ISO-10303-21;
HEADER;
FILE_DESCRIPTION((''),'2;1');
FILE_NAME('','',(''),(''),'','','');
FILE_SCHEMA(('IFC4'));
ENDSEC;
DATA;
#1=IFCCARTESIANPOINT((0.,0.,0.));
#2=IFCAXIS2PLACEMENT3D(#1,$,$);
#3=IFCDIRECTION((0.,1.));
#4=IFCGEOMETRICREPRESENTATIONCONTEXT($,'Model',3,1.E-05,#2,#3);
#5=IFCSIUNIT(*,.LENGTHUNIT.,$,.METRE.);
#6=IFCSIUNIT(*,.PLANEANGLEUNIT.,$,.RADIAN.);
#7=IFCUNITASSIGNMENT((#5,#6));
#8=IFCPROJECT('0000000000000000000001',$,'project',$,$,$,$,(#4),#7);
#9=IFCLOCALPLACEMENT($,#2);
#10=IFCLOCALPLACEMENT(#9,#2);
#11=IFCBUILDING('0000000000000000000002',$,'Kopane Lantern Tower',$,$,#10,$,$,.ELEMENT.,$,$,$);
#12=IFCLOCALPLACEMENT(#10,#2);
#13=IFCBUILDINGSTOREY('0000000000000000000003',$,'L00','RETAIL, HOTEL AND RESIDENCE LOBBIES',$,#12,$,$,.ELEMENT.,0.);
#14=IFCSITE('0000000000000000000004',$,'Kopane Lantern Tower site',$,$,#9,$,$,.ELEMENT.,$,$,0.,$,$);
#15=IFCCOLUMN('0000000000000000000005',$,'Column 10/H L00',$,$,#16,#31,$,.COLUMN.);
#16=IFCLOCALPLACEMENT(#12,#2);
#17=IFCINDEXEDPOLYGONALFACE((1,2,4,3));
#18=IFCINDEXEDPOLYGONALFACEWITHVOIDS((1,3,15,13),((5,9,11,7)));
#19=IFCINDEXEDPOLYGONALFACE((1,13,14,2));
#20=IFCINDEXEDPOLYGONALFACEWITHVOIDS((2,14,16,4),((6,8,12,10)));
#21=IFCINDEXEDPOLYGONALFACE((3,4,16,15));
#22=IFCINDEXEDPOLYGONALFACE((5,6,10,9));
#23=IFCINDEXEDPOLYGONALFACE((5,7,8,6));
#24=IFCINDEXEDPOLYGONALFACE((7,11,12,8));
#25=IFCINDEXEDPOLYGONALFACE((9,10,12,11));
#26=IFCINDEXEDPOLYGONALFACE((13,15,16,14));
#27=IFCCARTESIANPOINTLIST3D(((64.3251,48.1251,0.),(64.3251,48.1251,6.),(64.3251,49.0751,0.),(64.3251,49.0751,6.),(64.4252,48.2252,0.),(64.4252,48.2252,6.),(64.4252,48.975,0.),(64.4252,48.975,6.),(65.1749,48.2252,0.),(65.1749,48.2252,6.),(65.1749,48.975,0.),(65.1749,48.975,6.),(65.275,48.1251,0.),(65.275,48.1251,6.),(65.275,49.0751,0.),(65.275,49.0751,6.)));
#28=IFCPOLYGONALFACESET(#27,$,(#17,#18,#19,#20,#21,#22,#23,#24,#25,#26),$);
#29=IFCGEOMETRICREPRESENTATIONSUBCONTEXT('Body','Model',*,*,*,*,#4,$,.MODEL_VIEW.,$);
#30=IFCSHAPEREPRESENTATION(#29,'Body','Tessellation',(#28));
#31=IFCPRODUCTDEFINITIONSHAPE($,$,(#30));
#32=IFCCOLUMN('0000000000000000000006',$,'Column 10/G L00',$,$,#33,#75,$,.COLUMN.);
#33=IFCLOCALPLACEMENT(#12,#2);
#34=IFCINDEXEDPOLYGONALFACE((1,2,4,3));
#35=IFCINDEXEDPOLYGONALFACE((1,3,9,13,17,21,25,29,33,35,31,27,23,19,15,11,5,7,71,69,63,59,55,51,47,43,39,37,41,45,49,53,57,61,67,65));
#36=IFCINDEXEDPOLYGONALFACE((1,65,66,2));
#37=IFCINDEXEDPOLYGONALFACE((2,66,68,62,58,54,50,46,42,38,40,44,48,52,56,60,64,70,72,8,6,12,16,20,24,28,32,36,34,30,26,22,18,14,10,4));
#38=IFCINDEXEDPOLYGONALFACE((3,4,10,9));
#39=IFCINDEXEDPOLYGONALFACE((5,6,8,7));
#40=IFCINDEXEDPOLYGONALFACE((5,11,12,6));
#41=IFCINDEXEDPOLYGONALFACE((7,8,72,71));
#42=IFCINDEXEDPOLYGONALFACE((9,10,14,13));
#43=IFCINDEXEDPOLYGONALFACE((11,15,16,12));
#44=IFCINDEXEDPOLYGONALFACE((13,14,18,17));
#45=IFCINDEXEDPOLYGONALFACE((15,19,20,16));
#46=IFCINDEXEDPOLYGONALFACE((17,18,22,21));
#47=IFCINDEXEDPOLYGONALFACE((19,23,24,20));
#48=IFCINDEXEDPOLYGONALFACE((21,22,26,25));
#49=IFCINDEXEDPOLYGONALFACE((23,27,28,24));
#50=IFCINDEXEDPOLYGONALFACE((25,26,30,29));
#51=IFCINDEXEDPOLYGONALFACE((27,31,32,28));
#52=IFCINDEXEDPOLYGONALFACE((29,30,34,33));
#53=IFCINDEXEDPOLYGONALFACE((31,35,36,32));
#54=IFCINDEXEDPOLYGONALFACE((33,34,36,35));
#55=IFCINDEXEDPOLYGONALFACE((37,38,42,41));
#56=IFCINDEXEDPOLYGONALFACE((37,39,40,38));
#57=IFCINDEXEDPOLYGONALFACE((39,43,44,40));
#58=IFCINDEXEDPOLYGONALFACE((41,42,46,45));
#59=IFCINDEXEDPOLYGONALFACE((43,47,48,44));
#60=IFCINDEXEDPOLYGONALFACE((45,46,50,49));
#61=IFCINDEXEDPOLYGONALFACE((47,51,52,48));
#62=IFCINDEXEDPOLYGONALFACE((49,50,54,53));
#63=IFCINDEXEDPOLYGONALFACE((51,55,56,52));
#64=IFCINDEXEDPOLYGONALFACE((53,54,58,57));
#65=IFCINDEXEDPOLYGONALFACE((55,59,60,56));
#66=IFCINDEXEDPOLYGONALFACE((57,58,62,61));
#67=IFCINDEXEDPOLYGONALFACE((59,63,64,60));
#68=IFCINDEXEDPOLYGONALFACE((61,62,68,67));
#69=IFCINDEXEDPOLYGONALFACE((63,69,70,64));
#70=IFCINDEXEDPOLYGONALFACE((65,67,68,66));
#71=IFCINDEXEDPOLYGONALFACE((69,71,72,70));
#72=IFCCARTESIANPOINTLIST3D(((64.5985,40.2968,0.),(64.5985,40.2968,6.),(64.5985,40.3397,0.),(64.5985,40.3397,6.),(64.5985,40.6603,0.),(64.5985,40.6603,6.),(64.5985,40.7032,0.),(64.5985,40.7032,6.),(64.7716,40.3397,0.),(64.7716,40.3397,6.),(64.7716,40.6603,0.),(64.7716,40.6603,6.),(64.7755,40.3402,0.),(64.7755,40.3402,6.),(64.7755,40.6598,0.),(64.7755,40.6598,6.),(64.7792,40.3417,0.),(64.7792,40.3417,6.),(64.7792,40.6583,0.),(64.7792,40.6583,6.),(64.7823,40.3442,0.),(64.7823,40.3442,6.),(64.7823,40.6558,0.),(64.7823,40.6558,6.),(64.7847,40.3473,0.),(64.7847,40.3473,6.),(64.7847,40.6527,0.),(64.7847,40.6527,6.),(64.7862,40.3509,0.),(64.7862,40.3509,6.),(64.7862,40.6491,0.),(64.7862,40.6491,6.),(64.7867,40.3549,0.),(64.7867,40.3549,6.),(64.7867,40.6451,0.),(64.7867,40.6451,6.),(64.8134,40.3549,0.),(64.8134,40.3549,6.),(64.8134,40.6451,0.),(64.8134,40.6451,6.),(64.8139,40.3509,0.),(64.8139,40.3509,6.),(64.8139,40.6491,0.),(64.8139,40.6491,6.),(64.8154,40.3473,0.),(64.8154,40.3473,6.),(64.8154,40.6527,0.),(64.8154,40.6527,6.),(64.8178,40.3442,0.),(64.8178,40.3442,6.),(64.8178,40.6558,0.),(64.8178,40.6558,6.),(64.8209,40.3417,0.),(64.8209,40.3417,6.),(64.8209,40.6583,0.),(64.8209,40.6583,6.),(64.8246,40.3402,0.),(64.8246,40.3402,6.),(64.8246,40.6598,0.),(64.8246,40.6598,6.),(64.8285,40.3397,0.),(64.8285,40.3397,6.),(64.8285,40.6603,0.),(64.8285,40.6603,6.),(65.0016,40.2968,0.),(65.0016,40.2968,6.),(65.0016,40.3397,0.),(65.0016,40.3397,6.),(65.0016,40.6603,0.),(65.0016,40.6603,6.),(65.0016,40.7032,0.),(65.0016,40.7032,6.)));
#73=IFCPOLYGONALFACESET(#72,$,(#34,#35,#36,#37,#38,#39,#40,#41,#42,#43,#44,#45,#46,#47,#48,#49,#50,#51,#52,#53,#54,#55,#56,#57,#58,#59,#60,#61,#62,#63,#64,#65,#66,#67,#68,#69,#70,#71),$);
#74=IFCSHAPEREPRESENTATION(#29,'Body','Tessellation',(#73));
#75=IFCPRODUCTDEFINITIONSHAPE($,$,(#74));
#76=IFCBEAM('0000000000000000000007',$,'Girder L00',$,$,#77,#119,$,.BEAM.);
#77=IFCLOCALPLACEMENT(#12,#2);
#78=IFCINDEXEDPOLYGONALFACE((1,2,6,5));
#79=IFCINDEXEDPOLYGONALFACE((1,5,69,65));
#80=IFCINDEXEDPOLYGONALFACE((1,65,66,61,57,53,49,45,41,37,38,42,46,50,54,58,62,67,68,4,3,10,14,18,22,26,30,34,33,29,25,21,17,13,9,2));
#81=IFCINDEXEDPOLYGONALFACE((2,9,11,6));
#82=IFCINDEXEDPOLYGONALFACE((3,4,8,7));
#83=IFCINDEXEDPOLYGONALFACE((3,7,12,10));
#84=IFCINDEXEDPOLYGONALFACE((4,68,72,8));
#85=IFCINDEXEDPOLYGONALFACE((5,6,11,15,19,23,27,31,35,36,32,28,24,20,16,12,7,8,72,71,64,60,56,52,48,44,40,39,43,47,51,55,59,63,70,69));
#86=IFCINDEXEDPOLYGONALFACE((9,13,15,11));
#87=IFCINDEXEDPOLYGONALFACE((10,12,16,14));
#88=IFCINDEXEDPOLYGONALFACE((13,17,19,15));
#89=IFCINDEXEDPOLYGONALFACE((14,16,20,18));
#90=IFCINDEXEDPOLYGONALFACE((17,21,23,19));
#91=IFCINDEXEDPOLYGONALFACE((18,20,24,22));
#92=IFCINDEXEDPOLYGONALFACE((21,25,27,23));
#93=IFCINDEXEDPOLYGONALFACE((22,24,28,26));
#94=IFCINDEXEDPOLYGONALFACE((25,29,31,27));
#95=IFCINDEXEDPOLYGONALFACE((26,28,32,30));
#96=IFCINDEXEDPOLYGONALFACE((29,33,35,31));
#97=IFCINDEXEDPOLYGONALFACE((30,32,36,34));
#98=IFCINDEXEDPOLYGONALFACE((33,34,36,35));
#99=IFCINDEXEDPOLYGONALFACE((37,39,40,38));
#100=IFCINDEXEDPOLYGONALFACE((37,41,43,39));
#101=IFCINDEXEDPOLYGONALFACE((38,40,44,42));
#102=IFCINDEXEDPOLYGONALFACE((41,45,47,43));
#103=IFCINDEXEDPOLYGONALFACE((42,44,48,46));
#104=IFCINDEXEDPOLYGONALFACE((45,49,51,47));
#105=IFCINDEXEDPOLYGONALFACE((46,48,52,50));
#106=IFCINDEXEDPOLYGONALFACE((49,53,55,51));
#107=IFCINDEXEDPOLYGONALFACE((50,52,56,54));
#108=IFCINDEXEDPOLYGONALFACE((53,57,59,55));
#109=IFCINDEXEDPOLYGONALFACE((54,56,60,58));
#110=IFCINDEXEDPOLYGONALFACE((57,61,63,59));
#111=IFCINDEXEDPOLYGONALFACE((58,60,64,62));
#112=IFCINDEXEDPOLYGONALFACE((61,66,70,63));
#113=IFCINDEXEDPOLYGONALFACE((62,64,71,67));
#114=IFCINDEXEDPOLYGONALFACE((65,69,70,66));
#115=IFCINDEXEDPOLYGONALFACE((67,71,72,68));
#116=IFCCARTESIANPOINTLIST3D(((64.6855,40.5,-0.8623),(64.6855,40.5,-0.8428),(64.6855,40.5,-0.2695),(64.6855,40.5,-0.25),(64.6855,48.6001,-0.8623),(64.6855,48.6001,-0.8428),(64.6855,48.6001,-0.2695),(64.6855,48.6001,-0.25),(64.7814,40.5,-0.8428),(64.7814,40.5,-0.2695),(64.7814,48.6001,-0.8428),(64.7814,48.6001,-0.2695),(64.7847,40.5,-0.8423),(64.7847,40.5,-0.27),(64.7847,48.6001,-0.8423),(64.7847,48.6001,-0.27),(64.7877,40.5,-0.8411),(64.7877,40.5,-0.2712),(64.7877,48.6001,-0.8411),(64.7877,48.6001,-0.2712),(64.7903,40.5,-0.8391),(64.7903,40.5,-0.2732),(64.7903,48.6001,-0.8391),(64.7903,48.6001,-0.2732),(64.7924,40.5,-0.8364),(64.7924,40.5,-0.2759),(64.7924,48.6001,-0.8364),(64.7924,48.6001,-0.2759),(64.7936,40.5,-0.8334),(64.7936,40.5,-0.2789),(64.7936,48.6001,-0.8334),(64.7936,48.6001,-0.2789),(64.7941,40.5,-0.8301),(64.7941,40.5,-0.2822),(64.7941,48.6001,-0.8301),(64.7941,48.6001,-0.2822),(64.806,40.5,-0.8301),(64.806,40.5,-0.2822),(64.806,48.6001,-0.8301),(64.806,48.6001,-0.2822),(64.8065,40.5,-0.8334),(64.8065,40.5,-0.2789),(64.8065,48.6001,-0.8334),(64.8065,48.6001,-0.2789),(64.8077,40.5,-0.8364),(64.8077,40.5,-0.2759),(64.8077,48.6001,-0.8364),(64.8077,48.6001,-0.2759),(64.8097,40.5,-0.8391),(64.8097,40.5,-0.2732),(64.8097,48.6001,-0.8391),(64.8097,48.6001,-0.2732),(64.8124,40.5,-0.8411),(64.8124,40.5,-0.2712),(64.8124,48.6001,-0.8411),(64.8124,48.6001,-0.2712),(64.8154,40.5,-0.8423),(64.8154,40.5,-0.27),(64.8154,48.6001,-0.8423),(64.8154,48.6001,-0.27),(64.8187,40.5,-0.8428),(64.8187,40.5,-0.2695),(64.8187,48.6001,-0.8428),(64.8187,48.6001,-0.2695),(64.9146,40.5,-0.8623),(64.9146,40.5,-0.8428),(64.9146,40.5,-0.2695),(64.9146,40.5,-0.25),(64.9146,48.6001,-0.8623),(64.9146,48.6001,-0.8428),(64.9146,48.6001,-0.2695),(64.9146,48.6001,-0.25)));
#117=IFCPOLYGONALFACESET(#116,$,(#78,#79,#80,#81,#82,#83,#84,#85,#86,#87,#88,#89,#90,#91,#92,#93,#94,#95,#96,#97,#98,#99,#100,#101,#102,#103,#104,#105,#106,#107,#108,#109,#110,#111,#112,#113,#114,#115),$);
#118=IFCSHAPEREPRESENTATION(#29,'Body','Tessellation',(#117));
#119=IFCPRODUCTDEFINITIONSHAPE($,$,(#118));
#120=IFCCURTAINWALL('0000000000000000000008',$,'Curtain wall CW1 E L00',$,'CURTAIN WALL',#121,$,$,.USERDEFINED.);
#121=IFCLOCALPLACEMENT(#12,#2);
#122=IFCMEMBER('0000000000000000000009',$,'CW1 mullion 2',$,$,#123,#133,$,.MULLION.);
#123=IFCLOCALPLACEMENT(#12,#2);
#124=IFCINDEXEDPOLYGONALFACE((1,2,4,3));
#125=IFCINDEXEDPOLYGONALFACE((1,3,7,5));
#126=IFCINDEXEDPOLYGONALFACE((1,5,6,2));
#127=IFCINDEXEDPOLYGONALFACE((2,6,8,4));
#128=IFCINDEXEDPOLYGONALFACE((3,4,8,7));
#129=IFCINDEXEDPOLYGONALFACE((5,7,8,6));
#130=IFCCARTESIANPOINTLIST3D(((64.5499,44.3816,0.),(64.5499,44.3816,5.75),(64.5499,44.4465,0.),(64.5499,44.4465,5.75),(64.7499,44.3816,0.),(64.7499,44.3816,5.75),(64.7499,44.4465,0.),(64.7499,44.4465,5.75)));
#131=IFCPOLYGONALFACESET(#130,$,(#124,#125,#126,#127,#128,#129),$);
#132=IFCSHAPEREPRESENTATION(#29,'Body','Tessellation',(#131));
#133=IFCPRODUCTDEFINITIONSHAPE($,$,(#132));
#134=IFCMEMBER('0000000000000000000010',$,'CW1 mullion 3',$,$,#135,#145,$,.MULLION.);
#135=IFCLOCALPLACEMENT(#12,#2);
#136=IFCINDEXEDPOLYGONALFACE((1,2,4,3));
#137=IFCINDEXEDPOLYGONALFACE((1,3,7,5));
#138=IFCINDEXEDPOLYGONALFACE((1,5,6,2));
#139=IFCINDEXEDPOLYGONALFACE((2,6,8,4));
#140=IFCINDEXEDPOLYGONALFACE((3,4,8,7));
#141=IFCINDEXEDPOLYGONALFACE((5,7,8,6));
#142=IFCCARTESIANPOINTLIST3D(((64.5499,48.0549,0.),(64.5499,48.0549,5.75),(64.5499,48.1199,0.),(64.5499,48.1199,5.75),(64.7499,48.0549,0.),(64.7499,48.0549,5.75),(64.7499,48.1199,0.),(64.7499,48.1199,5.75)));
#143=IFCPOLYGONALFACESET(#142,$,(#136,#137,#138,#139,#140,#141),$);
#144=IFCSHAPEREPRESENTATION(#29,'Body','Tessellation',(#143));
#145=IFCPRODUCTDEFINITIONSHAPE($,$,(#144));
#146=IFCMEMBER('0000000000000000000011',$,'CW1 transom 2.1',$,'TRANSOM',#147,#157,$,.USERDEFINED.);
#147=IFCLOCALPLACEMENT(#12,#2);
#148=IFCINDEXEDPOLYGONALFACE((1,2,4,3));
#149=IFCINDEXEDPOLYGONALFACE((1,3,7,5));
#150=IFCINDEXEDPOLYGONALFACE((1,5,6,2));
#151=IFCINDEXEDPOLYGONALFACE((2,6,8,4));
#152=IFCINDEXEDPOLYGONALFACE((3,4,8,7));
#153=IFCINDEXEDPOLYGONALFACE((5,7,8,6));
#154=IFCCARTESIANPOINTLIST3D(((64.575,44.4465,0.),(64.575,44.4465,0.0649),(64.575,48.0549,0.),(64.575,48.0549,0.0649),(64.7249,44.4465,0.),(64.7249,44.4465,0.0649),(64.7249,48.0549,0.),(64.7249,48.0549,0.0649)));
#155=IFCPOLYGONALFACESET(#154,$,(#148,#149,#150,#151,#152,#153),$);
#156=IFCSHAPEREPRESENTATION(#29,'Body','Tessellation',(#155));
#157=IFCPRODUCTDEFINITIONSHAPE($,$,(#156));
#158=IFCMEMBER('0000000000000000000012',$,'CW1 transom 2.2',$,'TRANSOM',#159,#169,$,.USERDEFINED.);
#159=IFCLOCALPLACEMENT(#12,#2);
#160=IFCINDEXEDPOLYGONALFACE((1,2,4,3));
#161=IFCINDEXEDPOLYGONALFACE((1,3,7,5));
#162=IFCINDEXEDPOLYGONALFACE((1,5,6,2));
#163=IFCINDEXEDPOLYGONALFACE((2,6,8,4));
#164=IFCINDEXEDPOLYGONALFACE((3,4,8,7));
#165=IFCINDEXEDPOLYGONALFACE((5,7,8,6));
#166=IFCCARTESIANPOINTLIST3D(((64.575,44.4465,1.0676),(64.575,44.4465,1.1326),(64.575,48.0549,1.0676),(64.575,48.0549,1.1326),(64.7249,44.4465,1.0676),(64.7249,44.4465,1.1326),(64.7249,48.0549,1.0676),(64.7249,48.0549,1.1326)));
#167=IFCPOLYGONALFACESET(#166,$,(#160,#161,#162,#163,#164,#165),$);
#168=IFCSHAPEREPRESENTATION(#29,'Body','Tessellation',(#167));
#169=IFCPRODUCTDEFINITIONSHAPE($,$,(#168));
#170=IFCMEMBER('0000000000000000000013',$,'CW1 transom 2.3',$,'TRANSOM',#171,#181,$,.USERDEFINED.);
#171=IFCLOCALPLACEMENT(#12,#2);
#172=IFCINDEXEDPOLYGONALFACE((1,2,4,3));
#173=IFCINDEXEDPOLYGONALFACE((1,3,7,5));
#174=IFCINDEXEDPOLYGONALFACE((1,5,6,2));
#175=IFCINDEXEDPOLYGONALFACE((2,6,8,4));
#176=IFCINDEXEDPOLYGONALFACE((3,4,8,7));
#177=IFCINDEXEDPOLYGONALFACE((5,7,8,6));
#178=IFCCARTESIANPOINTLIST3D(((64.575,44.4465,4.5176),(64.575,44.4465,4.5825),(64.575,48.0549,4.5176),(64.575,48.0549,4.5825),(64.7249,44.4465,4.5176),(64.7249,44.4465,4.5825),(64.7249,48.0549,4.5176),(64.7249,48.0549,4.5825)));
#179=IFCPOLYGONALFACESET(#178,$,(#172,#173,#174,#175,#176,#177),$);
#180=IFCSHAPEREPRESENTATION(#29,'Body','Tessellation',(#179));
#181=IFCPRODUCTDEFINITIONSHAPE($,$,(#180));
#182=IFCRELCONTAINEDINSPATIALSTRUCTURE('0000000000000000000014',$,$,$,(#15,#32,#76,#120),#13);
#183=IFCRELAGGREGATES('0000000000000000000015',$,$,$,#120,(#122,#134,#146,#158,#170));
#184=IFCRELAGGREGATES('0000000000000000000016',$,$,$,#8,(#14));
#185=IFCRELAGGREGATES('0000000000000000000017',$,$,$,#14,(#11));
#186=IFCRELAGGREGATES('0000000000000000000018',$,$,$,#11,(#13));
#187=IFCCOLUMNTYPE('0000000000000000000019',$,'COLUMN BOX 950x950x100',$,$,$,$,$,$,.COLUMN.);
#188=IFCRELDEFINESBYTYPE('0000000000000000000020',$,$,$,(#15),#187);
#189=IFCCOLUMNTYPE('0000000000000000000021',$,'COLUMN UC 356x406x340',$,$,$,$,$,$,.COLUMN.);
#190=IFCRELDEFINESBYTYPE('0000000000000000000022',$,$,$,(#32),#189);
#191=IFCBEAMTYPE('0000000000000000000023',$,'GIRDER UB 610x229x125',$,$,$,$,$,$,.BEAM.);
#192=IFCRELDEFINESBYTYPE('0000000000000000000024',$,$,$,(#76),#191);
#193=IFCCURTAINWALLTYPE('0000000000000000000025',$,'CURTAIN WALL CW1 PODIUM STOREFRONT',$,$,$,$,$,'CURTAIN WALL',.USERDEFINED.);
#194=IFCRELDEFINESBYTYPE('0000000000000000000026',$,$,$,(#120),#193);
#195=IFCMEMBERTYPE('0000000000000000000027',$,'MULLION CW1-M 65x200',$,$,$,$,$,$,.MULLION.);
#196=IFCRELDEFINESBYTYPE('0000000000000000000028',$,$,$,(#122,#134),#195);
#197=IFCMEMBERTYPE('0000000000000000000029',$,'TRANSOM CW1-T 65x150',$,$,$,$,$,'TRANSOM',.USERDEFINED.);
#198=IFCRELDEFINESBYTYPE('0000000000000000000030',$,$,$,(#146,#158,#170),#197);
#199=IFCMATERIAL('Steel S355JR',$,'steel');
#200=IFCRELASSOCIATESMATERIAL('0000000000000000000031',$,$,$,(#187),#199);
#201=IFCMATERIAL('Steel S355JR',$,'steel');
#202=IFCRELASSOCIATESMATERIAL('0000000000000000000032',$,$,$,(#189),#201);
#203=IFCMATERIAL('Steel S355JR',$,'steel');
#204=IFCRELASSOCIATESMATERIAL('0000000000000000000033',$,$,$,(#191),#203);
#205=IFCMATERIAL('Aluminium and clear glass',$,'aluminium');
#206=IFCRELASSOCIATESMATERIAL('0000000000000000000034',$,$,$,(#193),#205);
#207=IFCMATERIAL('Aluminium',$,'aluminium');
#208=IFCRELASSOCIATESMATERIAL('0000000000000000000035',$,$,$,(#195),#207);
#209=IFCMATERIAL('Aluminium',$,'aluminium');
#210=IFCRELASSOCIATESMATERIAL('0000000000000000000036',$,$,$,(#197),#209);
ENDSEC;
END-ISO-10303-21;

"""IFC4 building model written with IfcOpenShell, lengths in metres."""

from ifc_helpers import new_model, si_unit, direction, frame, origin, origin_2d, place, context, subcontext, project, spatial, rectangle, hollow_rectangle, i_section, extrude, material, material_profile, profile_set, type_object, element, aggregate, save


model = new_model("IFC4")

# Units and contexts
model_context = context("Model", 3, precision=1e-05, world=origin(), true_north=direction((0.0, 1.0)))
body_context = subcontext(model_context, "Body", "Model", "MODEL_VIEW")
ifc_project = project(units=[si_unit("LENGTHUNIT", "METRE"), si_unit("PLANEANGLEUNIT", "RADIAN")], contexts=[model_context])

# Site, building, storey
site_placement = place(None, origin())
site = spatial("IfcSite", under=ifc_project, at=site_placement, Name="Kopane Lantern Tower site", CompositionType="ELEMENT", RefElevation=0.0)
building_placement = place(site_placement, origin())
building = spatial("IfcBuilding", under=site, at=building_placement, Name="Kopane Lantern Tower", CompositionType="ELEMENT")
storey_placement = place(building_placement, origin())
storey = spatial("IfcBuildingStorey", under=building, at=storey_placement, Name="L00", Description="RETAIL, HOTEL AND RESIDENCE LOBBIES", CompositionType="ELEMENT", Elevation=0.0)

# Columns
ifc_material_1 = material(Name="Steel S355JR", Category="steel")
ifc_material_profile_1 = material_profile(ifc_material_1, hollow_rectangle(XDim=0.95, YDim=0.95, WallThickness=0.1001, at=origin_2d()), Name="BOX 950x950x100")
ifc_profile_set_1 = profile_set([ifc_material_profile_1], Name="Steel S355JR")
column_type_1 = type_object("IfcColumnType", Name="COLUMN BOX 950x950x100", PredefinedType="COLUMN", material=ifc_profile_set_1)
column_1_placement = place(storey_placement, frame((64.8, 48.6001, 0.0), z_axis=(0.0, 0.0, 1.0), x_axis=(1.0, 0.0, 0.0)))
element("IfcColumn", 1, at=column_1_placement, inside=storey, type_object=column_type_1, Name="Column 10/H L00", PredefinedType="COLUMN", context=body_context, shape_type="SweptSolid", body=[
    extrude(hollow_rectangle(XDim=0.95, YDim=0.95, WallThickness=0.1001, at=origin_2d()), origin(), (0.0, 0.0, 1.0), 6.0),
])
ifc_material_2 = material(Name="Steel S355JR", Category="steel")
ifc_material_profile_2 = material_profile(ifc_material_2, i_section(OverallWidth=0.4031, OverallDepth=0.4065, WebThickness=0.0266, FlangeThickness=0.043, FilletRadius=0.0151, at=origin_2d()), Name="UC 356x406x340")
ifc_profile_set_2 = profile_set([ifc_material_profile_2], Name="Steel S355JR")
column_type_2 = type_object("IfcColumnType", Name="COLUMN UC 356x406x340", PredefinedType="COLUMN", material=ifc_profile_set_2)
column_2_placement = place(storey_placement, frame((64.8, 40.5, 0.0), z_axis=(0.0, 0.0, 1.0), x_axis=(1.0, 0.0, 0.0)))
element("IfcColumn", 2, at=column_2_placement, inside=storey, type_object=column_type_2, Name="Column 10/G L00", PredefinedType="COLUMN", context=body_context, shape_type="SweptSolid", body=[
    extrude(i_section(OverallWidth=0.4031, OverallDepth=0.4065, WebThickness=0.0266, FlangeThickness=0.043, FilletRadius=0.0151, at=origin_2d()), origin(), (0.0, 0.0, 1.0), 6.0),
])

# Beam
ifc_material_3 = material(Name="Steel S355JR", Category="steel")
ifc_material_profile_3 = material_profile(ifc_material_3, i_section(OverallWidth=0.229, OverallDepth=0.6123, WebThickness=0.012, FlangeThickness=0.0195, FilletRadius=0.0127, at=origin_2d()), Name="UB 610x229x125")
ifc_profile_set_3 = profile_set([ifc_material_profile_3], Name="Steel S355JR")
beam_type = type_object("IfcBeamType", Name="GIRDER UB 610x229x125", PredefinedType="BEAM", material=ifc_profile_set_3)
beam_placement = place(storey_placement, frame((64.8, 40.5, -0.5562), z_axis=(0.0, 1.0, 0.0), x_axis=(-1.0, 0.0, 0.0)))
element("IfcBeam", 3, at=beam_placement, inside=storey, type_object=beam_type, Name="Girder L00", PredefinedType="BEAM", context=body_context, shape_type="SweptSolid", body=[
    extrude(i_section(OverallWidth=0.229, OverallDepth=0.6123, WebThickness=0.012, FlangeThickness=0.0195, FilletRadius=0.0127, at=origin_2d()), origin(), (0.0, 0.0, 1.0), 8.1001),
])

# Curtain wall, members
ifc_material_4 = material(Name="Aluminium and clear glass", Category="aluminium")
curtain_wall_type = type_object("IfcCurtainWallType", Name="CURTAIN WALL CW1 PODIUM STOREFRONT", ElementType="CURTAIN WALL", PredefinedType="USERDEFINED", material=ifc_material_4)
curtain_wall_placement = place(storey_placement, origin())
curtain_wall = element("IfcCurtainWall", 4, at=curtain_wall_placement, inside=storey, type_object=curtain_wall_type, Name="Curtain wall CW1 E L00", ObjectType="CURTAIN WALL", PredefinedType="USERDEFINED")
ifc_material_5 = material(Name="Aluminium", Category="aluminium")
ifc_material_profile_4 = material_profile(ifc_material_5, rectangle(XDim=0.0649, YDim=0.2, at=origin_2d()), Name="AL 65x200")
ifc_profile_set_4 = profile_set([ifc_material_profile_4], Name="Aluminium")
member_type_1 = type_object("IfcMemberType", Name="MULLION CW1-M 65x200", PredefinedType="MULLION", material=ifc_profile_set_4)
member_1_placement = place(storey_placement, frame((64.6499, 44.4141, 0.0), z_axis=(0.0, 0.0, 1.0), x_axis=(0.0, 1.0, 0.0)))
member_1 = element("IfcMember", 5, at=member_1_placement, type_object=member_type_1, Name="CW1 mullion 2", PredefinedType="MULLION", context=body_context, shape_type="SweptSolid", body=[
    extrude(rectangle(XDim=0.0649, YDim=0.2, at=origin_2d()), origin(), (0.0, 0.0, 1.0), 5.75),
])
member_2_placement = place(storey_placement, frame((64.6499, 48.0874, 0.0), z_axis=(0.0, 0.0, 1.0), x_axis=(0.0, 1.0, 0.0)))
member_2 = element("IfcMember", 6, at=member_2_placement, type_object=member_type_1, Name="CW1 mullion 3", PredefinedType="MULLION", context=body_context, shape_type="SweptSolid", body=[
    extrude(rectangle(XDim=0.0649, YDim=0.2, at=origin_2d()), origin(), (0.0, 0.0, 1.0), 5.75),
])
ifc_material_6 = material(Name="Aluminium", Category="aluminium")
ifc_material_profile_5 = material_profile(ifc_material_6, rectangle(XDim=0.1499, YDim=0.0649, at=origin_2d()), Name="AL 150x65")
ifc_profile_set_5 = profile_set([ifc_material_profile_5], Name="Aluminium")
member_type_2 = type_object("IfcMemberType", Name="TRANSOM CW1-T 65x150", ElementType="TRANSOM", PredefinedType="USERDEFINED", material=ifc_profile_set_5)
member_3_placement = place(storey_placement, frame((64.6499, 44.4465, 0.0325), z_axis=(0.0, 1.0, 0.0), x_axis=(-1.0, 0.0, 0.0)))
member_3 = element("IfcMember", 7, at=member_3_placement, type_object=member_type_2, Name="CW1 transom 2.1", ObjectType="TRANSOM", PredefinedType="USERDEFINED", context=body_context, shape_type="SweptSolid", body=[
    extrude(rectangle(XDim=0.1499, YDim=0.0649, at=origin_2d()), origin(), (0.0, 0.0, 1.0), 3.6084),
])
member_4_placement = place(storey_placement, frame((64.6499, 44.4465, 1.1001), z_axis=(0.0, 1.0, 0.0), x_axis=(-1.0, 0.0, 0.0)))
member_4 = element("IfcMember", 8, at=member_4_placement, type_object=member_type_2, Name="CW1 transom 2.2", ObjectType="TRANSOM", PredefinedType="USERDEFINED", context=body_context, shape_type="SweptSolid", body=[
    extrude(rectangle(XDim=0.1499, YDim=0.0649, at=origin_2d()), origin(), (0.0, 0.0, 1.0), 3.6084),
])
member_5_placement = place(storey_placement, frame((64.6499, 44.4465, 4.55), z_axis=(0.0, 1.0, 0.0), x_axis=(-1.0, 0.0, 0.0)))
member_5 = element("IfcMember", 9, at=member_5_placement, type_object=member_type_2, Name="CW1 transom 2.3", ObjectType="TRANSOM", PredefinedType="USERDEFINED", context=body_context, shape_type="SweptSolid", body=[
    extrude(rectangle(XDim=0.1499, YDim=0.0649, at=origin_2d()), origin(), (0.0, 0.0, 1.0), 3.6084),
])
aggregate(curtain_wall, [member_1, member_2, member_3, member_4, member_5])

save(model, "model.ifc")
